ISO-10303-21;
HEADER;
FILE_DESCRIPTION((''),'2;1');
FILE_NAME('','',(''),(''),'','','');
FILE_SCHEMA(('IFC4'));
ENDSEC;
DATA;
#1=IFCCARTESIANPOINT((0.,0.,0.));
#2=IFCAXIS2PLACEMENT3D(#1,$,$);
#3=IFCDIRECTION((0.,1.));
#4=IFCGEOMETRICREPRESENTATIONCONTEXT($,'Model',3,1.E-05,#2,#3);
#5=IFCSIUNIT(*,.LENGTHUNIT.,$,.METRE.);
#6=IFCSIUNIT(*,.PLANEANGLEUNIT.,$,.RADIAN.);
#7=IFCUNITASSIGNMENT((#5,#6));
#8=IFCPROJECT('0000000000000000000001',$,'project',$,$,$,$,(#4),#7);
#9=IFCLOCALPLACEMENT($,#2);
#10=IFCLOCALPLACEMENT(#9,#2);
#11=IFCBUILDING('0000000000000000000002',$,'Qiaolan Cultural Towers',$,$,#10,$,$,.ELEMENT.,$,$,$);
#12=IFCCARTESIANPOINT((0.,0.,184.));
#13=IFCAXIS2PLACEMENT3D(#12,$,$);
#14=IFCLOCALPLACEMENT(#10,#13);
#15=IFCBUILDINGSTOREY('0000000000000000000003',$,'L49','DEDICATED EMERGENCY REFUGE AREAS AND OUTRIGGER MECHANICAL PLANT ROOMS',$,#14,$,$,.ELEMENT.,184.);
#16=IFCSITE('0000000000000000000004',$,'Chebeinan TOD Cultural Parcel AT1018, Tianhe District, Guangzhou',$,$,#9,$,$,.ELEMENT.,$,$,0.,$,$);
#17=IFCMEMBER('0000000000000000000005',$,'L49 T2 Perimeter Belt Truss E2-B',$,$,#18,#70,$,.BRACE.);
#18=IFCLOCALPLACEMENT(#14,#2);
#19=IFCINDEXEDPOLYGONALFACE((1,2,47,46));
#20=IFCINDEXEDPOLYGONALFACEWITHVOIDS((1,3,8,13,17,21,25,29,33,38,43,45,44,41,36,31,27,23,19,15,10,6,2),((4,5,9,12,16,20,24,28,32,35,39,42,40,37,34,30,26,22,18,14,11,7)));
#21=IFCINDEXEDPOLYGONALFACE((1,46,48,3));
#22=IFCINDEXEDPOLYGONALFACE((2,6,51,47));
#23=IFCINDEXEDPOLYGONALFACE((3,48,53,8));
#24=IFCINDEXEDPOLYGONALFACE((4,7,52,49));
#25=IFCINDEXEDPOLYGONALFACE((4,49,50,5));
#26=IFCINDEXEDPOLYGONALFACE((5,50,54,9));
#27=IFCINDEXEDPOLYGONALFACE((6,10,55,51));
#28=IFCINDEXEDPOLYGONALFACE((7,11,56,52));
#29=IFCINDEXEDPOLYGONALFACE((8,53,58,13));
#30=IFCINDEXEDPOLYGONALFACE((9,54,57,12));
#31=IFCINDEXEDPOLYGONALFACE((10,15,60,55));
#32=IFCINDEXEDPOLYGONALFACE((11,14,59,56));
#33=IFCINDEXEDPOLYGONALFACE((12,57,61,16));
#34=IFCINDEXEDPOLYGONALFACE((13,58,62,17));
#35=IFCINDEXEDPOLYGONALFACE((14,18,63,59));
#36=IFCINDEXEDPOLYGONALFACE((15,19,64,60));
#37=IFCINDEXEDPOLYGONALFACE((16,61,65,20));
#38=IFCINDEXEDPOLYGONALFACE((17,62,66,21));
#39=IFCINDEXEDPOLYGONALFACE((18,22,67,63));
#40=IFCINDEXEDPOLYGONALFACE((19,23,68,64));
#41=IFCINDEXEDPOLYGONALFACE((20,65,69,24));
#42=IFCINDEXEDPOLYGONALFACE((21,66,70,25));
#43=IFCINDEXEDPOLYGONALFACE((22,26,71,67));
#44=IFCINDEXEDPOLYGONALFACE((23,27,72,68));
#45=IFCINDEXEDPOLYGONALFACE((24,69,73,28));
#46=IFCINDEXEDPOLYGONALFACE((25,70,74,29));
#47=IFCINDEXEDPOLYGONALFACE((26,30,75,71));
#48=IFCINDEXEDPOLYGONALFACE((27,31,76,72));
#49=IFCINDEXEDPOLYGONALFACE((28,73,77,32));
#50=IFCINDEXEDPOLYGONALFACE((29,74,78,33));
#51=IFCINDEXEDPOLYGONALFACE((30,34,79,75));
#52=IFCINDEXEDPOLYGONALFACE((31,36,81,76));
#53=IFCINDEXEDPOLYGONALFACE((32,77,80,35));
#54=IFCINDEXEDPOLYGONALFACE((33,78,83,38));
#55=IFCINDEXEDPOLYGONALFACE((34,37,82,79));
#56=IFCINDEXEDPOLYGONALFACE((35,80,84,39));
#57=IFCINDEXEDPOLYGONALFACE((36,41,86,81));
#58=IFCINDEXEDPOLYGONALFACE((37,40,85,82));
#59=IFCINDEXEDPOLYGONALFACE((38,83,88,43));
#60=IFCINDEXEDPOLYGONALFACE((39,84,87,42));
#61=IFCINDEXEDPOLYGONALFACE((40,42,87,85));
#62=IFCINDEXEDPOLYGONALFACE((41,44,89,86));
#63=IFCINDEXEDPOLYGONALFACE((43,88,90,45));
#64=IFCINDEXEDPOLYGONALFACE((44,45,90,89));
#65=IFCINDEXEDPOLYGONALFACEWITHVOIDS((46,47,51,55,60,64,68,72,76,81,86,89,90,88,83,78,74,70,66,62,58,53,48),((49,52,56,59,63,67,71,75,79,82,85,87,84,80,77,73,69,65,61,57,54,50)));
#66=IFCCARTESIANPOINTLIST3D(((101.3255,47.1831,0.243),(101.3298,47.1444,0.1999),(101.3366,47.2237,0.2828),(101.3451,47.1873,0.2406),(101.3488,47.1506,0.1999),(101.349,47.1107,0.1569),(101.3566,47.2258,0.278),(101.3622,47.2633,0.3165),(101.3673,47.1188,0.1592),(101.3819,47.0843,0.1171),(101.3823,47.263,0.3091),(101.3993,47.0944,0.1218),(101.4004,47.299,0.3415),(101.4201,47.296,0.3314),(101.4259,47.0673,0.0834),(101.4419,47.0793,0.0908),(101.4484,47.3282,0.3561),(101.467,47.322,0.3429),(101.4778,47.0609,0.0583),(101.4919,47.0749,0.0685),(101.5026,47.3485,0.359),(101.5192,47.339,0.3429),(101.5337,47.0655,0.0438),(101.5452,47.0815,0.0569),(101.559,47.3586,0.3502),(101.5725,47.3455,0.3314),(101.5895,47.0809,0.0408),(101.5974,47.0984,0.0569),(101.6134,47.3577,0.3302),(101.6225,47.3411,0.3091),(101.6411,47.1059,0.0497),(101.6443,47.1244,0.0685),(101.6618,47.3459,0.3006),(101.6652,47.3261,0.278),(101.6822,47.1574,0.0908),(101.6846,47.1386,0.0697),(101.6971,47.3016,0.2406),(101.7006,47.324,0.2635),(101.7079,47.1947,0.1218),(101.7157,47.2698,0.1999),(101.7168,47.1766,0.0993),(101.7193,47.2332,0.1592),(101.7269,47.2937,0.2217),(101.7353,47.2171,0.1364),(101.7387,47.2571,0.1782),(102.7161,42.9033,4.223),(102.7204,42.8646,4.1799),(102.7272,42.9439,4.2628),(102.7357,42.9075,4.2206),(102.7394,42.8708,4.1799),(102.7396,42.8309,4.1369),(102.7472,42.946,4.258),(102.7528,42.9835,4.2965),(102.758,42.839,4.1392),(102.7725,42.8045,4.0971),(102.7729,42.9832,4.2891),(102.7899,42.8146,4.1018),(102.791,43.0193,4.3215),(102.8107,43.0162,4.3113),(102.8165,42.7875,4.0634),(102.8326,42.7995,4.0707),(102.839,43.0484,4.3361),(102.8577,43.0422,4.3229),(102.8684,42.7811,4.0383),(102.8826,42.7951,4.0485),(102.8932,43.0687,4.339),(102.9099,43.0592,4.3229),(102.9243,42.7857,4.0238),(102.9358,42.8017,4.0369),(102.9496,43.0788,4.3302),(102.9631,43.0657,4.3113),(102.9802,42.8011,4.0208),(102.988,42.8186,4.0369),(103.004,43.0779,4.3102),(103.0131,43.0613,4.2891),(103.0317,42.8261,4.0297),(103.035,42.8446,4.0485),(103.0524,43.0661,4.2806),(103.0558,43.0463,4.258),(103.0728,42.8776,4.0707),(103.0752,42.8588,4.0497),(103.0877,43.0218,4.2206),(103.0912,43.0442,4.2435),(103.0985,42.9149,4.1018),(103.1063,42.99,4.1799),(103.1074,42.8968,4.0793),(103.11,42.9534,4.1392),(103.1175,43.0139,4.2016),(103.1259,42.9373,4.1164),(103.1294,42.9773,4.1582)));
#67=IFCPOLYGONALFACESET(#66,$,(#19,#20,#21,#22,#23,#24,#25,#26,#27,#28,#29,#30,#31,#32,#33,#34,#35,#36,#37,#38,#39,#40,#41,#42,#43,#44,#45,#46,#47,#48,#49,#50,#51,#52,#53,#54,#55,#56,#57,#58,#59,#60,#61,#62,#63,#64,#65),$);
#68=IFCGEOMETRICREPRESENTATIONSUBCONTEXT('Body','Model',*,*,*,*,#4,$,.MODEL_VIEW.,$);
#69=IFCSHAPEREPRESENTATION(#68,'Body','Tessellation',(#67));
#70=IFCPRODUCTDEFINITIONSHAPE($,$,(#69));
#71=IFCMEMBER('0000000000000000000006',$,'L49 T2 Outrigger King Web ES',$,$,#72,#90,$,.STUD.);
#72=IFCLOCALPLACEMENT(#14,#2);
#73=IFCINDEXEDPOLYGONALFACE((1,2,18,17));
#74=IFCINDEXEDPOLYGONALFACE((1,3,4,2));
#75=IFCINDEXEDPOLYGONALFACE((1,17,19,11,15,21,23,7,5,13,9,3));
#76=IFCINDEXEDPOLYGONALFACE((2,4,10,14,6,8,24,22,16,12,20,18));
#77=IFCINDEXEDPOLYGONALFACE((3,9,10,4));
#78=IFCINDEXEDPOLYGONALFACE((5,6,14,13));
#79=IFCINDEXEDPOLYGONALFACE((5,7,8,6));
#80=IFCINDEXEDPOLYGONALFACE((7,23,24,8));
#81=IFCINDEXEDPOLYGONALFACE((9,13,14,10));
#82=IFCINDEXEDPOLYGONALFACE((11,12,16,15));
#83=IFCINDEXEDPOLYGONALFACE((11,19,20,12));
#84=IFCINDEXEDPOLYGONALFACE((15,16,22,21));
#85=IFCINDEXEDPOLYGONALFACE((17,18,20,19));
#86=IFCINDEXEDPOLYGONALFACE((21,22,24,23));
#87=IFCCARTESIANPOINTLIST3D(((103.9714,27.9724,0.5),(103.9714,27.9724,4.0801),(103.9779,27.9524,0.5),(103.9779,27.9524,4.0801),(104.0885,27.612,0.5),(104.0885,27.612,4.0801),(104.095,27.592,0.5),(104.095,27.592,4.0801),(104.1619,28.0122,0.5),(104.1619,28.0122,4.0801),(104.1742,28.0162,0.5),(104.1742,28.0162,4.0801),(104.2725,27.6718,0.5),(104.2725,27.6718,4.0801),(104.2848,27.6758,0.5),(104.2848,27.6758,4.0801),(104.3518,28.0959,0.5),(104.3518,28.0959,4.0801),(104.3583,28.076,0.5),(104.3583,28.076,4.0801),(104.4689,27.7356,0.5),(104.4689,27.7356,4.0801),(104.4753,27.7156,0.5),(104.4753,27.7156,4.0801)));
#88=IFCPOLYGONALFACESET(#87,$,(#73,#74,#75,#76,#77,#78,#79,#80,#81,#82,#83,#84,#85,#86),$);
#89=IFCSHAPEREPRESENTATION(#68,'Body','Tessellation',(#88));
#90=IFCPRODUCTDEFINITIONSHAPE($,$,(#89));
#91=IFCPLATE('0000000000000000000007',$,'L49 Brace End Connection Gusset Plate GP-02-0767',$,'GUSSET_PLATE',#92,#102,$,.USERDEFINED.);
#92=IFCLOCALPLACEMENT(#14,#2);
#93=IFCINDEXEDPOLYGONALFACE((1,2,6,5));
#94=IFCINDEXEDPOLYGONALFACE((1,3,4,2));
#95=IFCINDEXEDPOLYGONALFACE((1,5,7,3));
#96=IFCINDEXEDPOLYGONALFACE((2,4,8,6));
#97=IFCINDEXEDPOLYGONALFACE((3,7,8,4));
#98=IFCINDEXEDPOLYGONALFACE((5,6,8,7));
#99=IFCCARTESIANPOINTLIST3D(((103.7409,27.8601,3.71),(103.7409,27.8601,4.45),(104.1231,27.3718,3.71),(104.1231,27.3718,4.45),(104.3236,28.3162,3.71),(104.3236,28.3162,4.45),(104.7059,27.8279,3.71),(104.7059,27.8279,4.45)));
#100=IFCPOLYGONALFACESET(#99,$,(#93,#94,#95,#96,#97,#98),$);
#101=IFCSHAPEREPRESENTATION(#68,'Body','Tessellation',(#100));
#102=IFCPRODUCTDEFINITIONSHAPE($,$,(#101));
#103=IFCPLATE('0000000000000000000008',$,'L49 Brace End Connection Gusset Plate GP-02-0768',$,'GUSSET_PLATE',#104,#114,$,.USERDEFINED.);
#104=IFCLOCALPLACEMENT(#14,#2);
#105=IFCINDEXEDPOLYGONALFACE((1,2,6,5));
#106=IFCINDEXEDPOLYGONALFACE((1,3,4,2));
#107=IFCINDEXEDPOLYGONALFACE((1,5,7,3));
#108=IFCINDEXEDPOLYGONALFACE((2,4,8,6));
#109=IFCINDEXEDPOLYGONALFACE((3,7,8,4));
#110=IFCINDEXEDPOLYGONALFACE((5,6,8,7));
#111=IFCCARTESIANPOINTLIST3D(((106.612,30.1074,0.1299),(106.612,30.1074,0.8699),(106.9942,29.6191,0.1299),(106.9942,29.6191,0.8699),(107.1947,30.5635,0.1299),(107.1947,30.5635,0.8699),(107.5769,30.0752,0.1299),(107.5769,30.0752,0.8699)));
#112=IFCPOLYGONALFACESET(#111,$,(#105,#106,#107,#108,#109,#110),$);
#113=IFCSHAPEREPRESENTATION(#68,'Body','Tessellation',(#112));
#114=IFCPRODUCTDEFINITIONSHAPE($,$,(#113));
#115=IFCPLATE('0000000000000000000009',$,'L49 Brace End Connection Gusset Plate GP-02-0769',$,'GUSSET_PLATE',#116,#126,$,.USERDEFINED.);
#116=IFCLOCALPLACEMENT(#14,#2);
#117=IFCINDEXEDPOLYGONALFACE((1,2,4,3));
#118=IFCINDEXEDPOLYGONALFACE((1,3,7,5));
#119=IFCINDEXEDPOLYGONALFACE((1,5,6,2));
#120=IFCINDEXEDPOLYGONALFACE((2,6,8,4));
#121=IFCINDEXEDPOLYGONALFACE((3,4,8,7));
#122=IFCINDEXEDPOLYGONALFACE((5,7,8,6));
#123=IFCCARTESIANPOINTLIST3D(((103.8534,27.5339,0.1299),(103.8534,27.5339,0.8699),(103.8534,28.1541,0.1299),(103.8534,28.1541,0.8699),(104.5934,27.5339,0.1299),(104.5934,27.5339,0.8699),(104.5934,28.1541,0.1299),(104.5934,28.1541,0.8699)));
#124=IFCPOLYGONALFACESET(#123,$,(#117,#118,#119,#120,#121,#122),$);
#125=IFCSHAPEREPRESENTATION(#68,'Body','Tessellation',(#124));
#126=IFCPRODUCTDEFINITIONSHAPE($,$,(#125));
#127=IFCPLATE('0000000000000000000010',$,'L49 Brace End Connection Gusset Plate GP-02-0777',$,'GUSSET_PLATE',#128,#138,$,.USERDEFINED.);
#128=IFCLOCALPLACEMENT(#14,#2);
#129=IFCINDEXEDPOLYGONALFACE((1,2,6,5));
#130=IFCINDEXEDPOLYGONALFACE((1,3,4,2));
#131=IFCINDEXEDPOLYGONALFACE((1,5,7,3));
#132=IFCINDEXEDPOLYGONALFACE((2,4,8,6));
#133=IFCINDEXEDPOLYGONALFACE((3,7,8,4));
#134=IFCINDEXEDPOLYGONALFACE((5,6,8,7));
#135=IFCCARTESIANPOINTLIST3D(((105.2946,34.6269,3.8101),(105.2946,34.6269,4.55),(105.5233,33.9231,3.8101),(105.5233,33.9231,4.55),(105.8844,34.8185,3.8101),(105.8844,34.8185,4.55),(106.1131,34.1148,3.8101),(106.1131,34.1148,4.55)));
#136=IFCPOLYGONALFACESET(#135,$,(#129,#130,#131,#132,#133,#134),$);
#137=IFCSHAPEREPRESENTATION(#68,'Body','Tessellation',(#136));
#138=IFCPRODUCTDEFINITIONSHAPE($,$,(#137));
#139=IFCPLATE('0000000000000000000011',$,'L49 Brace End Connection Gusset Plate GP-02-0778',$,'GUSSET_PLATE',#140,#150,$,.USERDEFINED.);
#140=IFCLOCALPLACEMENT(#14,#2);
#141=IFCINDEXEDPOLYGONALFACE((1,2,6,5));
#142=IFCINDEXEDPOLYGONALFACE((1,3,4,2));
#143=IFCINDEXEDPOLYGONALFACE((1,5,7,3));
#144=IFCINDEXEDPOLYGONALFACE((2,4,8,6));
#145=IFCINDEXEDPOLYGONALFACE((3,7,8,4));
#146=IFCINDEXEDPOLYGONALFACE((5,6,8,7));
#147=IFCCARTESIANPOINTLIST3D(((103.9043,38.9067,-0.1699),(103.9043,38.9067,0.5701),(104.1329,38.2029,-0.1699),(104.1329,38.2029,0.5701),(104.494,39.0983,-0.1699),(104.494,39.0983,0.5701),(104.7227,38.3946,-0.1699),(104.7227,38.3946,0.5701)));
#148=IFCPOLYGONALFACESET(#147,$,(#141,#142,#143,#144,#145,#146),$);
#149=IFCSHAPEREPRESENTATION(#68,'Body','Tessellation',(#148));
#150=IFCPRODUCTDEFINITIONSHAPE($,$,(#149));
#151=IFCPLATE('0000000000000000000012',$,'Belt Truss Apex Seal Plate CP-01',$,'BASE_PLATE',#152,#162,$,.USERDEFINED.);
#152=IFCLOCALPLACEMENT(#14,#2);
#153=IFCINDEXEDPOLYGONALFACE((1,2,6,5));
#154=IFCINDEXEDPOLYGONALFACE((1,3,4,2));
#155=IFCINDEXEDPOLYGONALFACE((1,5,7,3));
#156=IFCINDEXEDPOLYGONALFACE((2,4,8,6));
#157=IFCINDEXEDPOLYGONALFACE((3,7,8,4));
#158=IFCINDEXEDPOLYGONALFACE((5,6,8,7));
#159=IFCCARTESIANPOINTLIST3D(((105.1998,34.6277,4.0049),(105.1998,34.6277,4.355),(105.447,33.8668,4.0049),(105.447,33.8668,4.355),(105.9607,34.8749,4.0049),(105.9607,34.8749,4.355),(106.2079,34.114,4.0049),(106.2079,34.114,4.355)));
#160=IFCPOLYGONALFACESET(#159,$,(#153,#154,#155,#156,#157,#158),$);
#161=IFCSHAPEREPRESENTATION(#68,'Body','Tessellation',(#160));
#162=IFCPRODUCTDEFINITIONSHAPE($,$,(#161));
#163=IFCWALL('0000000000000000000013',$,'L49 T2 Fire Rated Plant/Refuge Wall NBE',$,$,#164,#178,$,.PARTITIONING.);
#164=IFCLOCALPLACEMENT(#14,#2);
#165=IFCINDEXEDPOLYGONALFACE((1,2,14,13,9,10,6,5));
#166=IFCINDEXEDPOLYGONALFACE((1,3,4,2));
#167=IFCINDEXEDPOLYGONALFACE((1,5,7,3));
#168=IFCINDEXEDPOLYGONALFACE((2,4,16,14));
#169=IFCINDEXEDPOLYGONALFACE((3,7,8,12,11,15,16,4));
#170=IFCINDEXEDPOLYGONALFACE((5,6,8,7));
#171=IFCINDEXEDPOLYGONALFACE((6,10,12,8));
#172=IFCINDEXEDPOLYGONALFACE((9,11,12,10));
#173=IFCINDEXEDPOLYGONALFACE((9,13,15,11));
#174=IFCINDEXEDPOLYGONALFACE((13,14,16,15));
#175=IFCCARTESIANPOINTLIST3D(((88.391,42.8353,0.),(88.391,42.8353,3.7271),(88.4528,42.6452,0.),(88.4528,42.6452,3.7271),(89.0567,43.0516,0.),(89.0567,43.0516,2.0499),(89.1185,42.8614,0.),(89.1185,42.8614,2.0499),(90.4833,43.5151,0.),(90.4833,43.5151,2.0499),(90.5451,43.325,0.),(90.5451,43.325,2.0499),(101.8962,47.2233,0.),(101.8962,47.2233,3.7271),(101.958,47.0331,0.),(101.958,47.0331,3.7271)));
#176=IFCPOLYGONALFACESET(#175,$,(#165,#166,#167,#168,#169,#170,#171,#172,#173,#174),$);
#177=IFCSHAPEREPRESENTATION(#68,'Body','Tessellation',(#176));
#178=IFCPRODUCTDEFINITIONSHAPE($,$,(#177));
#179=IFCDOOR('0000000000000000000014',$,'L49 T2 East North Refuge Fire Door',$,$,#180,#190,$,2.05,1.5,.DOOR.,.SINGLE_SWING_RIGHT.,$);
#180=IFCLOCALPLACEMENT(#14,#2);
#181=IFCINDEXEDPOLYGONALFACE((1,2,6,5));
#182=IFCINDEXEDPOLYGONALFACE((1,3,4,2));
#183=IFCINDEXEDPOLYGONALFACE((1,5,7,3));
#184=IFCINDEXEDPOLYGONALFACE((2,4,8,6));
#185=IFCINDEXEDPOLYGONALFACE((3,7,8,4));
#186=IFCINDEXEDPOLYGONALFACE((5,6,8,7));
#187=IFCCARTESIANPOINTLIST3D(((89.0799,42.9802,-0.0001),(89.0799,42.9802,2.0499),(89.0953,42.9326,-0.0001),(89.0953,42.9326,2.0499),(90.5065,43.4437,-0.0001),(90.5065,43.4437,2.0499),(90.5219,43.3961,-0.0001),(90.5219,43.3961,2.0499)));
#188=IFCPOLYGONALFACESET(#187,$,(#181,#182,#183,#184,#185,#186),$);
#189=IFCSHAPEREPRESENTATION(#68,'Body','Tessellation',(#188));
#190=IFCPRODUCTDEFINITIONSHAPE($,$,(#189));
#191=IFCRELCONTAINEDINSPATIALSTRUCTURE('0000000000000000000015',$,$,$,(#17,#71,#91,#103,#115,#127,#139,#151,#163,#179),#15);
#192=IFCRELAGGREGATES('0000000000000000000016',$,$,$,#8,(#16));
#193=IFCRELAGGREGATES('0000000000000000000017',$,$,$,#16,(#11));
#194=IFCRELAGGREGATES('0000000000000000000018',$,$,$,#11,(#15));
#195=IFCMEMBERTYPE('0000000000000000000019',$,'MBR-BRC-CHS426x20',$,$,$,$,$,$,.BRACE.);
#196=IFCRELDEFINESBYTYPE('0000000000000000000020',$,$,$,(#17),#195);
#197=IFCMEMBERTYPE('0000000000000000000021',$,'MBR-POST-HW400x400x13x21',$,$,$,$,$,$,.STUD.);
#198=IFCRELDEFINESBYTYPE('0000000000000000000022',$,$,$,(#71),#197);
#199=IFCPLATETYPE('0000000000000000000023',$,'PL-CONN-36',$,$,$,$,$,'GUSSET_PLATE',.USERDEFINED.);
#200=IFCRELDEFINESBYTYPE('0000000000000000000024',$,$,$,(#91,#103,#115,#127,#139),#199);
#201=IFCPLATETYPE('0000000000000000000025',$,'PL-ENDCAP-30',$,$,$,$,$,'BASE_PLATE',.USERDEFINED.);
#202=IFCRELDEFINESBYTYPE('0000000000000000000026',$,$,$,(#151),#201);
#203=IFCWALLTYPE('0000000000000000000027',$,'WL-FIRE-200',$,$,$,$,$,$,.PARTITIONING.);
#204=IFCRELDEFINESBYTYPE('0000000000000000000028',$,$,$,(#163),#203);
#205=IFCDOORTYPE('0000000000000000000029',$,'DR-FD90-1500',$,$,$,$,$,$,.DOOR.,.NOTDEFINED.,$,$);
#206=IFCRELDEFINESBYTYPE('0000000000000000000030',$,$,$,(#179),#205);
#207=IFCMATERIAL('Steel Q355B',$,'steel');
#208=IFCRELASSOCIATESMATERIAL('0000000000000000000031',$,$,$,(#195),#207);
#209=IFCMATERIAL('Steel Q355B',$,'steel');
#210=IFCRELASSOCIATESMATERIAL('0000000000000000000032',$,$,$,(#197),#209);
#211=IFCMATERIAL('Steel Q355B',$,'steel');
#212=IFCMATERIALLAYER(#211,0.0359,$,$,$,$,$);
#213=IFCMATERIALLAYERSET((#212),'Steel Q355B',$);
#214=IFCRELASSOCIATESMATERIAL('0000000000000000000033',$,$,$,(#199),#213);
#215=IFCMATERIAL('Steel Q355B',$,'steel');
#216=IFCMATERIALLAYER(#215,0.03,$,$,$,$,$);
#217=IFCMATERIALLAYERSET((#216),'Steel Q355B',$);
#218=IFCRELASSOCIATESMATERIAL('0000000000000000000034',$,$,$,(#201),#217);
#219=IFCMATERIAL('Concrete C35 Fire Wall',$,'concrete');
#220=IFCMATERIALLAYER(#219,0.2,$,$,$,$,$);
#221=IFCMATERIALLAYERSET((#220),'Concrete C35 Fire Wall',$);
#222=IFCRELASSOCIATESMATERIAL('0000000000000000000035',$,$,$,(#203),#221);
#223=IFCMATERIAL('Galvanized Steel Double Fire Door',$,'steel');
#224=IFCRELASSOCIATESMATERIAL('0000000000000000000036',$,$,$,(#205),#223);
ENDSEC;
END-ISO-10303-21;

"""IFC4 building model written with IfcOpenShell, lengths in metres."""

from ifc_helpers import new_model, si_unit, direction, frame, frame_2d, origin, origin_2d, place, context, subcontext, project, spatial, rectangle, hollow_circle, i_section, extrude, material, layer, layer_set, material_profile, profile_set, type_object, element, fill, save


model = new_model("IFC4")

# Units and contexts
model_context = context("Model", 3, precision=1e-05, world=origin(), true_north=direction((0.0, 1.0)))
body_context = subcontext(model_context, "Body", "Model", "MODEL_VIEW")
ifc_project = project(units=[si_unit("LENGTHUNIT", "METRE"), si_unit("PLANEANGLEUNIT", "RADIAN")], contexts=[model_context])

# Site, building, storey
site_placement = place(None, origin())
site = spatial("IfcSite", under=ifc_project, at=site_placement, Name="Chebeinan TOD Cultural Parcel AT1018, Tianhe District, Guangzhou", CompositionType="ELEMENT", RefElevation=0.0)
building_placement = place(site_placement, origin())
building = spatial("IfcBuilding", under=site, at=building_placement, Name="Qiaolan Cultural Towers", CompositionType="ELEMENT")
storey_placement = place(building_placement, frame((0.0, 0.0, 184.0)))
storey = spatial("IfcBuildingStorey", under=building, at=storey_placement, Name="L49", Description="DEDICATED EMERGENCY REFUGE AREAS AND OUTRIGGER MECHANICAL PLANT ROOMS", CompositionType="ELEMENT", Elevation=184.0)

# Members
ifc_material_1 = material(Name="Steel Q355B", Category="steel")
ifc_material_profile_1 = material_profile(ifc_material_1, hollow_circle(Radius=0.2129, WallThickness=0.02, at=origin_2d()), Name="CHS426x20")
ifc_profile_set_1 = profile_set([ifc_material_profile_1], Name="Steel Q355B")
member_type_1 = type_object("IfcMemberType", Name="MBR-BRC-CHS426x20", PredefinedType="BRACE", material=ifc_profile_set_1)
for number, where, z_axis, x_axis, name in (
    (1, (102.9229, 42.9304, 4.1799), (-0.23148, 0.712401, -0.662497), (-0.951054, -0.309025, 0.0), "L49 T2 Perimeter Belt Truss E2-B"),
):
    element("IfcMember", number, at=place(storey_placement, frame(where, z_axis=z_axis, x_axis=x_axis)), inside=storey, type_object=member_type_1, Name=name, PredefinedType="BRACE", context=body_context, shape_type="SweptSolid", body=[
        extrude(hollow_circle(Radius=0.2129, WallThickness=0.02, at=origin_2d()), origin(), (0.0, 0.0, 1.0), 6.0076),
    ])
ifc_material_2 = material(Name="Steel Q355B", Category="steel")
ifc_material_profile_2 = material_profile(ifc_material_2, i_section(OverallWidth=0.3999, OverallDepth=0.3999, WebThickness=0.0129, FlangeThickness=0.021, at=origin_2d()), Name="HW400x400x13x21")
ifc_profile_set_2 = profile_set([ifc_material_profile_2], Name="Steel Q355B")
member_type_2 = type_object("IfcMemberType", Name="MBR-POST-HW400x400x13x21", PredefinedType="STUD", material=ifc_profile_set_2)
member_1_placement = place(storey_placement, frame((104.2234, 27.844, 0.5), z_axis=(0.0, 0.0, 1.0), x_axis=(0.951057, 0.309017, 0.0)))
element("IfcMember", 2, at=member_1_placement, inside=storey, type_object=member_type_2, Name="L49 T2 Outrigger King Web ES", PredefinedType="STUD", context=body_context, shape_type="SweptSolid", body=[
    extrude(i_section(OverallWidth=0.3999, OverallDepth=0.3999, WebThickness=0.0129, FlangeThickness=0.021, at=origin_2d()), origin(), (0.0, 0.0, 1.0), 3.5801),
])

# Plates
ifc_material_3 = material(Name="Steel Q355B", Category="steel")
ifc_layer_1 = layer(ifc_material_3, 0.0359)
ifc_layer_set_1 = layer_set([ifc_layer_1], Name="Steel Q355B")
plate_type_1 = type_object("IfcPlateType", Name="PL-CONN-36", ElementType="GUSSET_PLATE", PredefinedType="USERDEFINED", material=ifc_layer_set_1)
for number, where, z_axis, x_axis, name in (
    (3, (104.2234, 27.844, 3.71), (0.0, 0.0, 1.0), (0.787471, 0.616352, 0.0), "L49 Brace End Connection Gusset Plate GP-02-0767"),
    (4, (107.0945, 30.0913, 0.1299), (0.0, 0.0, 1.0), (0.787471, 0.616352, 0.0), "L49 Brace End Connection Gusset Plate GP-02-0768"),
    (5, (104.2234, 27.844, 0.1299), (0.0, 0.0, 1.0), (1.0, 0.0, 0.0), "L49 Brace End Connection Gusset Plate GP-02-0769"),
    (6, (105.7039, 34.3708, 3.8101), (0.0, 0.0, 1.0), (-0.309017, 0.951057, 0.0), "L49 Brace End Connection Gusset Plate GP-02-0777"),
    (7, (104.3135, 38.6506, -0.1699), (0.0, 0.0, 1.0), (-0.309017, 0.951057, 0.0), "L49 Brace End Connection Gusset Plate GP-02-0778"),
):
    element("IfcPlate", number, at=place(storey_placement, frame(where, z_axis=z_axis, x_axis=x_axis)), inside=storey, type_object=plate_type_1, Name=name, ObjectType="GUSSET_PLATE", PredefinedType="USERDEFINED", context=body_context, shape_type="SweptSolid", body=[
        extrude(rectangle(XDim=0.74, YDim=0.6201, at=origin_2d()), origin(), (0.0, 0.0, 1.0), 0.74),
    ])
ifc_material_4 = material(Name="Steel Q355B", Category="steel")
ifc_layer_2 = layer(ifc_material_4, 0.03)
ifc_layer_set_2 = layer_set([ifc_layer_2], Name="Steel Q355B")
plate_type_2 = type_object("IfcPlateType", Name="PL-ENDCAP-30", ElementType="BASE_PLATE", PredefinedType="USERDEFINED", material=ifc_layer_set_2)
plate_placement = place(storey_placement, frame((105.7039, 34.3708, 4.0049), z_axis=(0.0, 0.0, 1.0), x_axis=(0.951057, 0.309017, 0.0)))
element("IfcPlate", 8, at=plate_placement, inside=storey, type_object=plate_type_2, Name="Belt Truss Apex Seal Plate CP-01", ObjectType="BASE_PLATE", PredefinedType="USERDEFINED", context=body_context, shape_type="SweptSolid", body=[
    extrude(rectangle(XDim=0.8, YDim=0.8, at=origin_2d()), origin(), (0.0, 0.0, 1.0), 0.3501),
])

# Wall, opening, door
ifc_material_5 = material(Name="Concrete C35 Fire Wall", Category="concrete")
ifc_layer_3 = layer(ifc_material_5, 0.2)
ifc_layer_set_3 = layer_set([ifc_layer_3], Name="Concrete C35 Fire Wall")
wall_type = type_object("IfcWallType", Name="WL-FIRE-200", PredefinedType="PARTITIONING", material=ifc_layer_set_3)
wall_1_placement = place(storey_placement, frame((88.4219, 42.7402, 0.0), z_axis=(0.0, 0.0, 1.0), x_axis=(0.951059, 0.309008, 0.0)))
wall_1 = element("IfcWall", 9, at=wall_1_placement, inside=storey, type_object=wall_type, Name="L49 T2 Fire Rated Plant/Refuge Wall NBE", PredefinedType="PARTITIONING", context=body_context, shape_type="SweptSolid", body=[
    extrude(rectangle(XDim=14.2002, YDim=0.2, at=frame_2d((7.1001, 0.0))), origin(), (0.0, 0.0, 1.0), 3.7271),
])
opening_1_placement = place(wall_1_placement, frame((0.7, 0.0, 0.0)))
opening_1 = element("IfcOpeningElement", 10, at=opening_1_placement, cuts=wall_1, PredefinedType="OPENING", context=body_context, shape_type="SweptSolid", body=[
    extrude(rectangle(XDim=1.5, YDim=2.05, at=frame_2d((0.75, 1.0249))), frame((0.0, 0.1099, 0.0), z_axis=(0.0, -1.0, 0.0), x_axis=(1.0, 0.0, 0.0)), (0.0, 0.0, 1.0), 0.22),
])
ifc_material_6 = material(Name="Galvanized Steel Double Fire Door", Category="steel")
door_type_1 = type_object("IfcDoorType", Name="DR-FD90-1500", OperationType="NOTDEFINED", PredefinedType="DOOR", material=ifc_material_6)
door_1_placement = place(opening_1_placement, origin())
door_1 = element("IfcDoor", 11, at=door_1_placement, inside=storey, type_object=door_type_1, Name="L49 T2 East North Refuge Fire Door", OperationType="SINGLE_SWING_RIGHT", OverallHeight=2.05, OverallWidth=1.5, PredefinedType="DOOR", context=body_context, shape_type="SweptSolid", body=[
    extrude(rectangle(XDim=1.5, YDim=2.05, at=frame_2d((0.75, 1.0249))), frame((0.0, 0.0249, 0.0), z_axis=(0.0, -1.0, 0.0), x_axis=(1.0, 0.0, 0.0)), (0.0, 0.0, 1.0), 0.05),
])
fill(opening_1, door_1)

save(model, "model.ifc")
